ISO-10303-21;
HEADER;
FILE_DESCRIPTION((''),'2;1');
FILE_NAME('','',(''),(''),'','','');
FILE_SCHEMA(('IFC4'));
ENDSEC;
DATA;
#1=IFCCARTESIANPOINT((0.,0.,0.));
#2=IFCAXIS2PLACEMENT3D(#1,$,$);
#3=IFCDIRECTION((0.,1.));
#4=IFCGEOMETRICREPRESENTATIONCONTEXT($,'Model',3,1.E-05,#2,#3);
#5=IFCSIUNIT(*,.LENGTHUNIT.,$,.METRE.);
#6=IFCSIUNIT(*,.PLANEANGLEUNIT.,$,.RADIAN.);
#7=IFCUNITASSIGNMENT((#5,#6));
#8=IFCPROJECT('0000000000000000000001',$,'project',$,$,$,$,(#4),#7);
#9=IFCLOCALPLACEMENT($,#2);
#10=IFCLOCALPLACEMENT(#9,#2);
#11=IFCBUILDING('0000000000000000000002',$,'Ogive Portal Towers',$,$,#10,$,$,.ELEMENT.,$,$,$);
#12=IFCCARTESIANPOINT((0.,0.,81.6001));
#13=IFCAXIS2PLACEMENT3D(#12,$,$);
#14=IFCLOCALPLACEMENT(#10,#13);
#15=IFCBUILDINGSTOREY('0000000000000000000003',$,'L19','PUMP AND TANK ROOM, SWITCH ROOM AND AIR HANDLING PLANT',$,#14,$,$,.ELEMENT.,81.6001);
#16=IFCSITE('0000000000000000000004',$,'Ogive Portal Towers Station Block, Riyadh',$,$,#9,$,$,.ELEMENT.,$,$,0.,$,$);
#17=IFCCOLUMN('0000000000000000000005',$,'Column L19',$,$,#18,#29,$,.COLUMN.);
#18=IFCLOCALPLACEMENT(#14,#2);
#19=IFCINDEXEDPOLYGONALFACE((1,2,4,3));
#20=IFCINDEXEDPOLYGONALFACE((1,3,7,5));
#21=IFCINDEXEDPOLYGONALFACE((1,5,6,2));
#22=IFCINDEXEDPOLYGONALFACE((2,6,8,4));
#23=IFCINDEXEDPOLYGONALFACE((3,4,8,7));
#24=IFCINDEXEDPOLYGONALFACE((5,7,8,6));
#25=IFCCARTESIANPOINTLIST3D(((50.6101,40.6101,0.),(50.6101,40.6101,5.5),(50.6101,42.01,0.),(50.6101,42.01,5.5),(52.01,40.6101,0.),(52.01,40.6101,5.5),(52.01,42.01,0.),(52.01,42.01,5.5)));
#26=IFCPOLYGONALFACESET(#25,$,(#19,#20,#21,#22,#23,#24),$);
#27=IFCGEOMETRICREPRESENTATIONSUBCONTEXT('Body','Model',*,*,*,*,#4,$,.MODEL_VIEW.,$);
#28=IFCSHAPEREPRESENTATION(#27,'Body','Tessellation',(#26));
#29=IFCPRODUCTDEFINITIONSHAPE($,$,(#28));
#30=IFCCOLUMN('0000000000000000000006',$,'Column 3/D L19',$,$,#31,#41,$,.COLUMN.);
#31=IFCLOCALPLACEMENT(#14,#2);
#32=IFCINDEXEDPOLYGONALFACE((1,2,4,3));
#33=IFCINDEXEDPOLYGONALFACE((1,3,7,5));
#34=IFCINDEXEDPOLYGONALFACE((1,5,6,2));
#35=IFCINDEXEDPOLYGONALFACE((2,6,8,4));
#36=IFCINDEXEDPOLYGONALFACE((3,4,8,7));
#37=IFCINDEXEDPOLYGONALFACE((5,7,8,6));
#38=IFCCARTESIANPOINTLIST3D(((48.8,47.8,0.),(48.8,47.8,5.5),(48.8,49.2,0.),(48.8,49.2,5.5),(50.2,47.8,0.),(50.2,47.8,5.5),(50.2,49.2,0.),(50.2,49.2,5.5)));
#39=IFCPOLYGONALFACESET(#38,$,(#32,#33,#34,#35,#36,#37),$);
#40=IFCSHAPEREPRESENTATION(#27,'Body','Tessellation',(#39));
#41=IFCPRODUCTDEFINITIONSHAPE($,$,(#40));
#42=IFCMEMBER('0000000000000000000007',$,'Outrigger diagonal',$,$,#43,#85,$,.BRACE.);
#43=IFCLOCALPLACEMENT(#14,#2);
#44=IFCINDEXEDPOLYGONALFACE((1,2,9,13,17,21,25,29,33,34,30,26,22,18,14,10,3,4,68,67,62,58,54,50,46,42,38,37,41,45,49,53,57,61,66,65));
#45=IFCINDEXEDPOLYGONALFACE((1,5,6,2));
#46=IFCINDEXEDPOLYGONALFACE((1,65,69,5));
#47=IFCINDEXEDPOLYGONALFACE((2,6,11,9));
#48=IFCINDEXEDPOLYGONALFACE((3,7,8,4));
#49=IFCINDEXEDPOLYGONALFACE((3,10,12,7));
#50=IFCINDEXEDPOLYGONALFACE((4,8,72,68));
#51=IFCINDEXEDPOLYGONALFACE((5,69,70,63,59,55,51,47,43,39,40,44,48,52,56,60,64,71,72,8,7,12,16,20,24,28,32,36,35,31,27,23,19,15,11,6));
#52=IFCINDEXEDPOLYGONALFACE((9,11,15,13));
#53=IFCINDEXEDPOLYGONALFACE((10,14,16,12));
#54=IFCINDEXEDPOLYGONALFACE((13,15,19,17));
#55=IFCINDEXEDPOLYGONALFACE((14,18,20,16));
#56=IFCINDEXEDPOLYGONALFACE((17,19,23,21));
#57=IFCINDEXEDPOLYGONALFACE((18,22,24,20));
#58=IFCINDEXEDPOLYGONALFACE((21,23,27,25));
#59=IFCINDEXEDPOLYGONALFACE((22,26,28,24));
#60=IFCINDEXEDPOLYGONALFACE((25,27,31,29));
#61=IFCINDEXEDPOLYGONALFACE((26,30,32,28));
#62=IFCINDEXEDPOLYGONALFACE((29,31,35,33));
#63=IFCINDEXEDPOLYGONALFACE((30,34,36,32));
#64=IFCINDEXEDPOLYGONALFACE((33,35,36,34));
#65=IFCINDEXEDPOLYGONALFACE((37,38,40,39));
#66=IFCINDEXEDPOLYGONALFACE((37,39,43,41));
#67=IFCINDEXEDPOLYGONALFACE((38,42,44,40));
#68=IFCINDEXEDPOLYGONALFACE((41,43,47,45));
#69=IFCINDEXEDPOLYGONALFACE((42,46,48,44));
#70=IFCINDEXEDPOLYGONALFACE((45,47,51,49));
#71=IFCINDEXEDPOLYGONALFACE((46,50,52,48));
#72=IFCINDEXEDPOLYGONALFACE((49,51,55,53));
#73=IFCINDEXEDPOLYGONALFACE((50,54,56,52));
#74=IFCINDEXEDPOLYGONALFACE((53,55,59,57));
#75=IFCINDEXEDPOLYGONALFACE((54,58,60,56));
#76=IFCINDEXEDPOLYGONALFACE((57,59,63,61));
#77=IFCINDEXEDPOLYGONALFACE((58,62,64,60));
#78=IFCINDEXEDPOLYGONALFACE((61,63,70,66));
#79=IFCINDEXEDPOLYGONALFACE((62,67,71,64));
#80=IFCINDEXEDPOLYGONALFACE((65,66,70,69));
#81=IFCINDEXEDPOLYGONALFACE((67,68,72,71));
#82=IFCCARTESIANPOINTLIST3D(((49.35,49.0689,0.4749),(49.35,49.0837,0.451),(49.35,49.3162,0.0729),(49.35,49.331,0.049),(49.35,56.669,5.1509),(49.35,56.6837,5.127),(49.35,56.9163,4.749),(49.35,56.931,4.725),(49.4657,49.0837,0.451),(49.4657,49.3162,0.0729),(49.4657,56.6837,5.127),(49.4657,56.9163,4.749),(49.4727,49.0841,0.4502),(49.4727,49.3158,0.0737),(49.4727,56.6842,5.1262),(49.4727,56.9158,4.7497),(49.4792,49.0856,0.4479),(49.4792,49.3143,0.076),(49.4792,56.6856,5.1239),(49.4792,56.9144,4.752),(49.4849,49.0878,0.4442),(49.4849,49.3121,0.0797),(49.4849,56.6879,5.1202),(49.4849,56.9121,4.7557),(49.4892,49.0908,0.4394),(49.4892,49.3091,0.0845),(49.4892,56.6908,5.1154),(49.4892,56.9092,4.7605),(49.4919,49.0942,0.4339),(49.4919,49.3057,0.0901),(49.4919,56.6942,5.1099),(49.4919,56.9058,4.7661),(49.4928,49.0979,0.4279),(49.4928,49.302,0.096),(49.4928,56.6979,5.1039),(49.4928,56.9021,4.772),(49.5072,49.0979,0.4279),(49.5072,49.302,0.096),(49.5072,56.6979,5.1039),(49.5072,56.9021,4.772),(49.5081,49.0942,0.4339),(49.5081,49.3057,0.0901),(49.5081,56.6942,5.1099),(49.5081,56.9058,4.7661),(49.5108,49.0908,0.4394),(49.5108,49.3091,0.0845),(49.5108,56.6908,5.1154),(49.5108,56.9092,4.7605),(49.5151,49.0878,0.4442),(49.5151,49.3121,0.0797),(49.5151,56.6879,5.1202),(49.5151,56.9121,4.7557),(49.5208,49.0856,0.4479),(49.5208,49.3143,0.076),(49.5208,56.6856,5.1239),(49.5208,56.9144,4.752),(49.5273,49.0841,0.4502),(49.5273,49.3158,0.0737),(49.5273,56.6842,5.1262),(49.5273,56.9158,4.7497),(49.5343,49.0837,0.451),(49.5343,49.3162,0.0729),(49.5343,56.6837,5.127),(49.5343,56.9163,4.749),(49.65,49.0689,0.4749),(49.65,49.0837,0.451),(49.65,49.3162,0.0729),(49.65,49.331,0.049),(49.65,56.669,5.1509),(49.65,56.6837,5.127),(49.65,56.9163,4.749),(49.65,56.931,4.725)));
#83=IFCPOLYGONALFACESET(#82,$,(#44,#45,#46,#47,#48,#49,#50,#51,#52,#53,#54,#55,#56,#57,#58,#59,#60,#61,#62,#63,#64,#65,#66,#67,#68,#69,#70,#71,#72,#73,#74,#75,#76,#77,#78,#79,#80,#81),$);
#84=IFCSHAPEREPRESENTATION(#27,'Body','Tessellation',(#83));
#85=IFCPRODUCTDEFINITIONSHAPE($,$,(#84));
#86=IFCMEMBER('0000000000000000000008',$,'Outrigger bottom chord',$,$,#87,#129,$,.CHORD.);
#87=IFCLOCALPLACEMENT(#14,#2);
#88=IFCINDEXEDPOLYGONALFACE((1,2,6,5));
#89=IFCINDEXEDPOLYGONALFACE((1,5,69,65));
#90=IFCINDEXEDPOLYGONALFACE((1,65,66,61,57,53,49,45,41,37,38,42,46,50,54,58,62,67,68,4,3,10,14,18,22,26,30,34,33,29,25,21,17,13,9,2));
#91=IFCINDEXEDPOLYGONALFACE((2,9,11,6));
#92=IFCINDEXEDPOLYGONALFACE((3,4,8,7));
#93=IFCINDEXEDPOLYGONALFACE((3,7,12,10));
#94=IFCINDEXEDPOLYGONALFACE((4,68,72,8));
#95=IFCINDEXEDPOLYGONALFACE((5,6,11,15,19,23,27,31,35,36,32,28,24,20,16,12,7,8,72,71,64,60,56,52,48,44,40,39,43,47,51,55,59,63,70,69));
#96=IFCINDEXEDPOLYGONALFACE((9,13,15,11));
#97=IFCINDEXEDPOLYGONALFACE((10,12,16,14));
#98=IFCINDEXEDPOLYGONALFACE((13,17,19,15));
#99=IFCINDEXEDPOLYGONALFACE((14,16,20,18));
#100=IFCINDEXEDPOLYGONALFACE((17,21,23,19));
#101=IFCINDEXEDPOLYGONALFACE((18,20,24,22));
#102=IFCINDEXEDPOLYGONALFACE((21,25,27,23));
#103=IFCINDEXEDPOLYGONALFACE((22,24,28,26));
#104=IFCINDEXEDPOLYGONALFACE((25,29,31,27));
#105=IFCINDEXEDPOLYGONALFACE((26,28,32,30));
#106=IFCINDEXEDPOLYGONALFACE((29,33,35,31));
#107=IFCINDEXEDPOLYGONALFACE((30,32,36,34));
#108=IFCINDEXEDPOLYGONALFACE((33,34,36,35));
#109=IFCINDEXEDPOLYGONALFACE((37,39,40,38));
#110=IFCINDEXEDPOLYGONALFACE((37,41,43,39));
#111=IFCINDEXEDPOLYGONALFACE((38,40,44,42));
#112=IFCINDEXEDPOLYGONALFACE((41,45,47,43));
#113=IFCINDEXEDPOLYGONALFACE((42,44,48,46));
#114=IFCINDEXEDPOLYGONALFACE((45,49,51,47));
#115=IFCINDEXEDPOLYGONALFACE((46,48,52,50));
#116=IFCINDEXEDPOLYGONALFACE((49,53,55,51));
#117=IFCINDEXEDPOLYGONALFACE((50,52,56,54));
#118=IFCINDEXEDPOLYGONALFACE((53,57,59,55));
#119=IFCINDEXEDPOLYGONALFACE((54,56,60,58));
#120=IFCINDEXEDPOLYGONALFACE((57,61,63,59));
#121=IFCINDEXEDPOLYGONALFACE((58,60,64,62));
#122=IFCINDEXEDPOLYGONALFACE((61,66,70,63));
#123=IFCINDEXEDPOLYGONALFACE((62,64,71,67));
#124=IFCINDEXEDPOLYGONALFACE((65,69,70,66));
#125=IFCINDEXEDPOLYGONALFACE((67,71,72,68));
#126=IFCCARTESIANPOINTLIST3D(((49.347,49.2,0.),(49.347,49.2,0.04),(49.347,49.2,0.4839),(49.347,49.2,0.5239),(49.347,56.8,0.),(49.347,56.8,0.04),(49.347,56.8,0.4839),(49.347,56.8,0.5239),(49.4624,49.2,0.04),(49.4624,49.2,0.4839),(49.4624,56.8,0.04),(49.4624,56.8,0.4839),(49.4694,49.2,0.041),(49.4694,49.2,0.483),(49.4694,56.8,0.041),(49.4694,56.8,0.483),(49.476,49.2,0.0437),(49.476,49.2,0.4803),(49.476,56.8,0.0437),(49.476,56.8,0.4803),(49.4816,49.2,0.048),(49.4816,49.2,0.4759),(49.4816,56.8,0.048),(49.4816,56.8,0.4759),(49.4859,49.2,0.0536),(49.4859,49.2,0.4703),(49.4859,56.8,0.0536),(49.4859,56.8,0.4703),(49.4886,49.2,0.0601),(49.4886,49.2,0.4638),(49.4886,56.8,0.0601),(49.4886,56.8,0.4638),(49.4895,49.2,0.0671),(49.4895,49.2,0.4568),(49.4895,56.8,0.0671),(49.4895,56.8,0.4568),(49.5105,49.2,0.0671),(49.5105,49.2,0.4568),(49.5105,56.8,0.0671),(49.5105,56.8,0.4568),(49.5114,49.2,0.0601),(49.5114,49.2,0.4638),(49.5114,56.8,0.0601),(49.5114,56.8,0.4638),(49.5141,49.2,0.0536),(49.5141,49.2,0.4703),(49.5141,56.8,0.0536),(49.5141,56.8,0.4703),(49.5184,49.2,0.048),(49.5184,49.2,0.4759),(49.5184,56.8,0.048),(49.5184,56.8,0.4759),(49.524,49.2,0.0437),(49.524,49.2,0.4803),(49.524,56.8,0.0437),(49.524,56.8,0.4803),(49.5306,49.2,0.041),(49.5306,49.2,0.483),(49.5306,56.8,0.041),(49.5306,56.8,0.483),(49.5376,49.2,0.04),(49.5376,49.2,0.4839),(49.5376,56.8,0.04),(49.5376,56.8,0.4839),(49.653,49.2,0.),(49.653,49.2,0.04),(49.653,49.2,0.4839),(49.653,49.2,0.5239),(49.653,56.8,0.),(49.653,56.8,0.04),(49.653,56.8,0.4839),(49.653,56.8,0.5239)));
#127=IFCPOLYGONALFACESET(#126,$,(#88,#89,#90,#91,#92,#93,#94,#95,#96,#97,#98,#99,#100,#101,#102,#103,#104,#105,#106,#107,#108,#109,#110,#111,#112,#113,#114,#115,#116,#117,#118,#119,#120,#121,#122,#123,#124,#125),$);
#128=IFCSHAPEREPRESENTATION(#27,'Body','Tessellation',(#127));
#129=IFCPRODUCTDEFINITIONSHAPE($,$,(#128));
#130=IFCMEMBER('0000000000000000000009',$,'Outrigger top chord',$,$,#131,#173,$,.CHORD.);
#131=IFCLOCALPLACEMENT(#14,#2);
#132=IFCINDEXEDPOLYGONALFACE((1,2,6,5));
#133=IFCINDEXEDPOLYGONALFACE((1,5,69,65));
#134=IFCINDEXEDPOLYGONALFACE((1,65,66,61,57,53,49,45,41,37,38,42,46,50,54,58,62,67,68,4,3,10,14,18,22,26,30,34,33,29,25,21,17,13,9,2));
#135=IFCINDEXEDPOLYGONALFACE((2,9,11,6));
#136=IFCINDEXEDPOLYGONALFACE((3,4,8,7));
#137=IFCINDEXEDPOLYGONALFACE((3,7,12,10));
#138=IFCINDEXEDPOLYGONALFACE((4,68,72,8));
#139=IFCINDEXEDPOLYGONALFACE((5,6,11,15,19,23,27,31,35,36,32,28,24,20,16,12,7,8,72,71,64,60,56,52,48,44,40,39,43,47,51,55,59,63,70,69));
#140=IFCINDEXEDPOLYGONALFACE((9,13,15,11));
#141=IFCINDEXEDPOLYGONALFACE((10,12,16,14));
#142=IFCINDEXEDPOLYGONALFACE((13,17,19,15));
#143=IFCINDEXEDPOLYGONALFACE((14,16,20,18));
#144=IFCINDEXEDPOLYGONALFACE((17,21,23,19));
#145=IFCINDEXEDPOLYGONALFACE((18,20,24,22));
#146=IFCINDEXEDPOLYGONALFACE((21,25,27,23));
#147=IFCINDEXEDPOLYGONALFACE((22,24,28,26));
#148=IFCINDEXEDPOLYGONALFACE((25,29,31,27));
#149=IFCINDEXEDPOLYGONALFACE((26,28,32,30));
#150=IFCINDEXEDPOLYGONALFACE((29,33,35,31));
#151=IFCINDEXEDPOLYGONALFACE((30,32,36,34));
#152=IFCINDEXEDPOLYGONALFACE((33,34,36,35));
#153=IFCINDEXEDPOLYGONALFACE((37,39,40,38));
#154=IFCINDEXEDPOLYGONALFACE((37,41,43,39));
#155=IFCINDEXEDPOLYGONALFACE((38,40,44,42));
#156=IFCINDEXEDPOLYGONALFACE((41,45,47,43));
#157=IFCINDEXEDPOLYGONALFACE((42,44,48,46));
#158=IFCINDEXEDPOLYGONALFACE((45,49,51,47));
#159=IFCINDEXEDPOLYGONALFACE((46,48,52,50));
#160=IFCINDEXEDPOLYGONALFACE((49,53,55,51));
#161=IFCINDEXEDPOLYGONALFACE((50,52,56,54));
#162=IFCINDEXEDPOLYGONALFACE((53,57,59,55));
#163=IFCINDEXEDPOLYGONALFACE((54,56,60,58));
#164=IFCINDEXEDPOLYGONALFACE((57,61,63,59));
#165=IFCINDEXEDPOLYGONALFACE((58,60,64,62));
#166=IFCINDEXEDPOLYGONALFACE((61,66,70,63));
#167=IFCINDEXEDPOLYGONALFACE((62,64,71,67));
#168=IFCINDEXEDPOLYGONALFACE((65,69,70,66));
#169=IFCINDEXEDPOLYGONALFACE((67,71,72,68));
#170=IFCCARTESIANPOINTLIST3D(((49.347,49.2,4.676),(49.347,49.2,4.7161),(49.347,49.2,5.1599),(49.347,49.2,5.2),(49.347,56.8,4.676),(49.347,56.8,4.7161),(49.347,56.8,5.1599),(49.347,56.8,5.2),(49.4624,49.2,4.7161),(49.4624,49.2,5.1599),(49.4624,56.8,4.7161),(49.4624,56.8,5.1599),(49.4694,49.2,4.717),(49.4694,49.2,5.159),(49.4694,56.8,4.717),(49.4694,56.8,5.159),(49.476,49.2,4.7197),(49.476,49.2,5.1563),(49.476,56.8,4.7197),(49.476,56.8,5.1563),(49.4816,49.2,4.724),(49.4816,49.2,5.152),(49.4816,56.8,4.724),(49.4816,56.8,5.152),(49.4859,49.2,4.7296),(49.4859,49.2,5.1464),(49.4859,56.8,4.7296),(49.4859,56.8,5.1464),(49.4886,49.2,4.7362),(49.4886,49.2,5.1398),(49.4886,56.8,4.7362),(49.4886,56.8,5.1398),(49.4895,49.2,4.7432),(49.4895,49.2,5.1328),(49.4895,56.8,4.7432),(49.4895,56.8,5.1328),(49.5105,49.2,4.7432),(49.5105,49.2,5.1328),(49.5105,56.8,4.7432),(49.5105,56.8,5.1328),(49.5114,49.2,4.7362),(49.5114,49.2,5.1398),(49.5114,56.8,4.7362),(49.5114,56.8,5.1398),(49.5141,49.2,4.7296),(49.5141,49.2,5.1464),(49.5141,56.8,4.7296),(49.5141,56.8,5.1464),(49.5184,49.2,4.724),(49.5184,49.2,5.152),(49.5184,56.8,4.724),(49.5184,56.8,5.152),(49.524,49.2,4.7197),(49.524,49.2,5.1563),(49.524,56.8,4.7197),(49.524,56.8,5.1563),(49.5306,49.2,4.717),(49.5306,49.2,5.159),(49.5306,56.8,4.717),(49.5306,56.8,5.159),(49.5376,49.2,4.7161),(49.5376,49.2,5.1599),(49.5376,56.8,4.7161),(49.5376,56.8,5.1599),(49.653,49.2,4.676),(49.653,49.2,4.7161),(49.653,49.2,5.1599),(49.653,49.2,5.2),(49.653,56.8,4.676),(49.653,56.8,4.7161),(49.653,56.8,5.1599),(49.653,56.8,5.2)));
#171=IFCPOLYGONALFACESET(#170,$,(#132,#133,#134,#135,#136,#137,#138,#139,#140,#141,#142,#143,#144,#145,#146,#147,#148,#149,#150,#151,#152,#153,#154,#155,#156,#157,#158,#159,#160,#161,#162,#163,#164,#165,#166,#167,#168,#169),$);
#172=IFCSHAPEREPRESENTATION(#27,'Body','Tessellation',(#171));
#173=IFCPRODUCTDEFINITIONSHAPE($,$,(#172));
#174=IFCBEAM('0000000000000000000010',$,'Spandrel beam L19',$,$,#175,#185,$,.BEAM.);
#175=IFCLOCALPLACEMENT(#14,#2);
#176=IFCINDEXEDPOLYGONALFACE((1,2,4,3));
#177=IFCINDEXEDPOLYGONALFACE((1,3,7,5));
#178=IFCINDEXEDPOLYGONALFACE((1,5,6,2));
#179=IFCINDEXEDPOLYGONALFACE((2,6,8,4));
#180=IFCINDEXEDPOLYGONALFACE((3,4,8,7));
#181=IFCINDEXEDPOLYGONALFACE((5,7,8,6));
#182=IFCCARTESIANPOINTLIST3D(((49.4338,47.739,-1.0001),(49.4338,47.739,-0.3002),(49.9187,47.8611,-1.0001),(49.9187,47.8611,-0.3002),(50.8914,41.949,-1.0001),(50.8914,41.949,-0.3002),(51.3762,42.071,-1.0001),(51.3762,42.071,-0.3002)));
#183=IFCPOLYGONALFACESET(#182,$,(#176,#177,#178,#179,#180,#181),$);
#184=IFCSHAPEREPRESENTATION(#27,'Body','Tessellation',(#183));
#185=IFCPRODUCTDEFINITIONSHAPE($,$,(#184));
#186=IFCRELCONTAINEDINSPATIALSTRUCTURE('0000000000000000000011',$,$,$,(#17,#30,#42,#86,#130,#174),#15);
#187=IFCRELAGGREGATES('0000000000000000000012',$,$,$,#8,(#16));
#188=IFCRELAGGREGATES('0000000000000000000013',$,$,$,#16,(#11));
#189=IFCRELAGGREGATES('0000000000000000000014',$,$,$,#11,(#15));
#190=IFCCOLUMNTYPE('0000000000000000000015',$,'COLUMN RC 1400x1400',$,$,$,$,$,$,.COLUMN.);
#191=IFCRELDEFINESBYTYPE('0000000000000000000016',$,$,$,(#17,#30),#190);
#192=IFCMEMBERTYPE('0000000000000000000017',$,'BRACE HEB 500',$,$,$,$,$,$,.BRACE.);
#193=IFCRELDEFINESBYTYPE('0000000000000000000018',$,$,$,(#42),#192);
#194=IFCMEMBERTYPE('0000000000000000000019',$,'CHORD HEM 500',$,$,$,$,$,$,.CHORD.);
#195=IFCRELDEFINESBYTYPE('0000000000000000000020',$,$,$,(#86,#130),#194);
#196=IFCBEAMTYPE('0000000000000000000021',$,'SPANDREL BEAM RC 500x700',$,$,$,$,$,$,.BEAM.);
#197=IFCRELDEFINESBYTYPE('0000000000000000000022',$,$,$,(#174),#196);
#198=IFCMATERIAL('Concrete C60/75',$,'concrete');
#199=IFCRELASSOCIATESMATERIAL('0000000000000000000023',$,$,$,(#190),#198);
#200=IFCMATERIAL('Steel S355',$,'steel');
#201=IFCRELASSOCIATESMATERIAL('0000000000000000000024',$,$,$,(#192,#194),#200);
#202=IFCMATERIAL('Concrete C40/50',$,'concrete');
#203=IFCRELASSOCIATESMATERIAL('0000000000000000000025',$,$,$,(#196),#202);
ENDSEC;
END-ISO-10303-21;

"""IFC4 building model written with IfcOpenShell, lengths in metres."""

from ifc_helpers import new_model, si_unit, direction, frame, origin, origin_2d, place, context, subcontext, project, spatial, rectangle, i_section, extrude, material, material_profile, profile_set, type_object, element, save


model = new_model("IFC4")

# Units and contexts
model_context = context("Model", 3, precision=1e-05, world=origin(), true_north=direction((0.0, 1.0)))
body_context = subcontext(model_context, "Body", "Model", "MODEL_VIEW")
ifc_project = project(units=[si_unit("LENGTHUNIT", "METRE"), si_unit("PLANEANGLEUNIT", "RADIAN")], contexts=[model_context])

# Site, building, storey
site_placement = place(None, origin())
site = spatial("IfcSite", under=ifc_project, at=site_placement, Name="Ogive Portal Towers Station Block, Riyadh", CompositionType="ELEMENT", RefElevation=0.0)
building_placement = place(site_placement, origin())
building = spatial("IfcBuilding", under=site, at=building_placement, Name="Ogive Portal Towers", CompositionType="ELEMENT")
storey_placement = place(building_placement, frame((0.0, 0.0, 81.6001)))
storey = spatial("IfcBuildingStorey", under=building, at=storey_placement, Name="L19", Description="PUMP AND TANK ROOM, SWITCH ROOM AND AIR HANDLING PLANT", CompositionType="ELEMENT", Elevation=81.6001)

# Columns
ifc_material_1 = material(Name="Concrete C60/75", Category="concrete")
ifc_material_profile_1 = material_profile(ifc_material_1, rectangle(XDim=1.3999, YDim=1.3999, at=origin_2d()), Name="RC 1400x1400")
ifc_profile_set_1 = profile_set([ifc_material_profile_1], Name="Concrete C60/75")
column_type = type_object("IfcColumnType", Name="COLUMN RC 1400x1400", PredefinedType="COLUMN", material=ifc_profile_set_1)
for number, where, z_axis, x_axis, name in (
    (1, (51.3101, 41.3101, 0.0), (0.0, 0.0, 1.0), (1.0, 0.0, 0.0), "Column L19"),
    (2, (49.5, 48.5, 0.0), (0.0, 0.0, 1.0), (1.0, 0.0, 0.0), "Column 3/D L19"),
):
    element("IfcColumn", number, at=place(storey_placement, frame(where, z_axis=z_axis, x_axis=x_axis)), inside=storey, type_object=column_type, Name=name, PredefinedType="COLUMN", context=body_context, shape_type="SweptSolid", body=[
        extrude(rectangle(XDim=1.3999, YDim=1.3999, at=origin_2d()), origin(), (0.0, 0.0, 1.0), 5.5),
    ])

# Members
ifc_material_2 = material(Name="Steel S355", Category="steel")
ifc_material_profile_2 = material_profile(ifc_material_2, i_section(OverallWidth=0.3, OverallDepth=0.5, WebThickness=0.0144, FlangeThickness=0.0281, FilletRadius=0.0271, at=origin_2d()), Name="HEB 500")
ifc_profile_set_2 = profile_set([ifc_material_profile_2], Name="Steel S355")
member_type_1 = type_object("IfcMemberType", Name="BRACE HEB 500", PredefinedType="BRACE", material=ifc_profile_set_2)
member_placement = place(storey_placement, frame((49.5, 49.2, 0.262), z_axis=(0.0, 0.851706, 0.52402), x_axis=(-1.0, 0.0, 0.0)))
element("IfcMember", 3, at=member_placement, inside=storey, type_object=member_type_1, Name="Outrigger diagonal", PredefinedType="BRACE", context=body_context, shape_type="SweptSolid", body=[
    extrude(i_section(OverallWidth=0.3, OverallDepth=0.5, WebThickness=0.0144, FlangeThickness=0.0281, FilletRadius=0.0271, at=origin_2d()), origin(), (0.0, 0.0, 1.0), 8.9233),
])
ifc_material_profile_3 = material_profile(ifc_material_2, i_section(OverallWidth=0.3059, OverallDepth=0.5239, WebThickness=0.021, FlangeThickness=0.04, FilletRadius=0.0271, at=origin_2d()), Name="HEM 500")
ifc_profile_set_3 = profile_set([ifc_material_profile_3], Name="Steel S355")
member_type_2 = type_object("IfcMemberType", Name="CHORD HEM 500", PredefinedType="CHORD", material=ifc_profile_set_3)
for number, where, z_axis, x_axis, name in (
    (4, (49.5, 49.2, 0.262), (0.0, 1.0, 0.0), (-1.0, 0.0, 0.0), "Outrigger bottom chord"),
    (5, (49.5, 49.2, 4.938), (0.0, 1.0, 0.0), (-1.0, 0.0, 0.0), "Outrigger top chord"),
):
    element("IfcMember", number, at=place(storey_placement, frame(where, z_axis=z_axis, x_axis=x_axis)), inside=storey, type_object=member_type_2, Name=name, PredefinedType="CHORD", context=body_context, shape_type="SweptSolid", body=[
        extrude(i_section(OverallWidth=0.3059, OverallDepth=0.5239, WebThickness=0.021, FlangeThickness=0.04, FilletRadius=0.0271, at=origin_2d()), origin(), (0.0, 0.0, 1.0), 7.6001),
    ])

# Beam
ifc_material_3 = material(Name="Concrete C40/50", Category="concrete")
ifc_material_profile_4 = material_profile(ifc_material_3, rectangle(XDim=0.5, YDim=0.7, at=origin_2d()), Name="RC 500x700")
ifc_profile_set_4 = profile_set([ifc_material_profile_4], Name="Concrete C40/50")
beam_type = type_object("IfcBeamType", Name="SPANDREL BEAM RC 500x700", PredefinedType="BEAM", material=ifc_profile_set_4)
beam_placement = place(storey_placement, frame((49.6763, 47.8, -0.6501), z_axis=(0.244113, -0.969747, 0.0), x_axis=(0.969747, 0.244113, 0.0)))
element("IfcBeam", 6, at=beam_placement, inside=storey, type_object=beam_type, Name="Spandrel beam L19", PredefinedType="BEAM", context=body_context, shape_type="SweptSolid", body=[
    extrude(rectangle(XDim=0.5, YDim=0.7, at=origin_2d()), origin(), (0.0, 0.0, 1.0), 5.9707),
])

save(model, "model.ifc")
